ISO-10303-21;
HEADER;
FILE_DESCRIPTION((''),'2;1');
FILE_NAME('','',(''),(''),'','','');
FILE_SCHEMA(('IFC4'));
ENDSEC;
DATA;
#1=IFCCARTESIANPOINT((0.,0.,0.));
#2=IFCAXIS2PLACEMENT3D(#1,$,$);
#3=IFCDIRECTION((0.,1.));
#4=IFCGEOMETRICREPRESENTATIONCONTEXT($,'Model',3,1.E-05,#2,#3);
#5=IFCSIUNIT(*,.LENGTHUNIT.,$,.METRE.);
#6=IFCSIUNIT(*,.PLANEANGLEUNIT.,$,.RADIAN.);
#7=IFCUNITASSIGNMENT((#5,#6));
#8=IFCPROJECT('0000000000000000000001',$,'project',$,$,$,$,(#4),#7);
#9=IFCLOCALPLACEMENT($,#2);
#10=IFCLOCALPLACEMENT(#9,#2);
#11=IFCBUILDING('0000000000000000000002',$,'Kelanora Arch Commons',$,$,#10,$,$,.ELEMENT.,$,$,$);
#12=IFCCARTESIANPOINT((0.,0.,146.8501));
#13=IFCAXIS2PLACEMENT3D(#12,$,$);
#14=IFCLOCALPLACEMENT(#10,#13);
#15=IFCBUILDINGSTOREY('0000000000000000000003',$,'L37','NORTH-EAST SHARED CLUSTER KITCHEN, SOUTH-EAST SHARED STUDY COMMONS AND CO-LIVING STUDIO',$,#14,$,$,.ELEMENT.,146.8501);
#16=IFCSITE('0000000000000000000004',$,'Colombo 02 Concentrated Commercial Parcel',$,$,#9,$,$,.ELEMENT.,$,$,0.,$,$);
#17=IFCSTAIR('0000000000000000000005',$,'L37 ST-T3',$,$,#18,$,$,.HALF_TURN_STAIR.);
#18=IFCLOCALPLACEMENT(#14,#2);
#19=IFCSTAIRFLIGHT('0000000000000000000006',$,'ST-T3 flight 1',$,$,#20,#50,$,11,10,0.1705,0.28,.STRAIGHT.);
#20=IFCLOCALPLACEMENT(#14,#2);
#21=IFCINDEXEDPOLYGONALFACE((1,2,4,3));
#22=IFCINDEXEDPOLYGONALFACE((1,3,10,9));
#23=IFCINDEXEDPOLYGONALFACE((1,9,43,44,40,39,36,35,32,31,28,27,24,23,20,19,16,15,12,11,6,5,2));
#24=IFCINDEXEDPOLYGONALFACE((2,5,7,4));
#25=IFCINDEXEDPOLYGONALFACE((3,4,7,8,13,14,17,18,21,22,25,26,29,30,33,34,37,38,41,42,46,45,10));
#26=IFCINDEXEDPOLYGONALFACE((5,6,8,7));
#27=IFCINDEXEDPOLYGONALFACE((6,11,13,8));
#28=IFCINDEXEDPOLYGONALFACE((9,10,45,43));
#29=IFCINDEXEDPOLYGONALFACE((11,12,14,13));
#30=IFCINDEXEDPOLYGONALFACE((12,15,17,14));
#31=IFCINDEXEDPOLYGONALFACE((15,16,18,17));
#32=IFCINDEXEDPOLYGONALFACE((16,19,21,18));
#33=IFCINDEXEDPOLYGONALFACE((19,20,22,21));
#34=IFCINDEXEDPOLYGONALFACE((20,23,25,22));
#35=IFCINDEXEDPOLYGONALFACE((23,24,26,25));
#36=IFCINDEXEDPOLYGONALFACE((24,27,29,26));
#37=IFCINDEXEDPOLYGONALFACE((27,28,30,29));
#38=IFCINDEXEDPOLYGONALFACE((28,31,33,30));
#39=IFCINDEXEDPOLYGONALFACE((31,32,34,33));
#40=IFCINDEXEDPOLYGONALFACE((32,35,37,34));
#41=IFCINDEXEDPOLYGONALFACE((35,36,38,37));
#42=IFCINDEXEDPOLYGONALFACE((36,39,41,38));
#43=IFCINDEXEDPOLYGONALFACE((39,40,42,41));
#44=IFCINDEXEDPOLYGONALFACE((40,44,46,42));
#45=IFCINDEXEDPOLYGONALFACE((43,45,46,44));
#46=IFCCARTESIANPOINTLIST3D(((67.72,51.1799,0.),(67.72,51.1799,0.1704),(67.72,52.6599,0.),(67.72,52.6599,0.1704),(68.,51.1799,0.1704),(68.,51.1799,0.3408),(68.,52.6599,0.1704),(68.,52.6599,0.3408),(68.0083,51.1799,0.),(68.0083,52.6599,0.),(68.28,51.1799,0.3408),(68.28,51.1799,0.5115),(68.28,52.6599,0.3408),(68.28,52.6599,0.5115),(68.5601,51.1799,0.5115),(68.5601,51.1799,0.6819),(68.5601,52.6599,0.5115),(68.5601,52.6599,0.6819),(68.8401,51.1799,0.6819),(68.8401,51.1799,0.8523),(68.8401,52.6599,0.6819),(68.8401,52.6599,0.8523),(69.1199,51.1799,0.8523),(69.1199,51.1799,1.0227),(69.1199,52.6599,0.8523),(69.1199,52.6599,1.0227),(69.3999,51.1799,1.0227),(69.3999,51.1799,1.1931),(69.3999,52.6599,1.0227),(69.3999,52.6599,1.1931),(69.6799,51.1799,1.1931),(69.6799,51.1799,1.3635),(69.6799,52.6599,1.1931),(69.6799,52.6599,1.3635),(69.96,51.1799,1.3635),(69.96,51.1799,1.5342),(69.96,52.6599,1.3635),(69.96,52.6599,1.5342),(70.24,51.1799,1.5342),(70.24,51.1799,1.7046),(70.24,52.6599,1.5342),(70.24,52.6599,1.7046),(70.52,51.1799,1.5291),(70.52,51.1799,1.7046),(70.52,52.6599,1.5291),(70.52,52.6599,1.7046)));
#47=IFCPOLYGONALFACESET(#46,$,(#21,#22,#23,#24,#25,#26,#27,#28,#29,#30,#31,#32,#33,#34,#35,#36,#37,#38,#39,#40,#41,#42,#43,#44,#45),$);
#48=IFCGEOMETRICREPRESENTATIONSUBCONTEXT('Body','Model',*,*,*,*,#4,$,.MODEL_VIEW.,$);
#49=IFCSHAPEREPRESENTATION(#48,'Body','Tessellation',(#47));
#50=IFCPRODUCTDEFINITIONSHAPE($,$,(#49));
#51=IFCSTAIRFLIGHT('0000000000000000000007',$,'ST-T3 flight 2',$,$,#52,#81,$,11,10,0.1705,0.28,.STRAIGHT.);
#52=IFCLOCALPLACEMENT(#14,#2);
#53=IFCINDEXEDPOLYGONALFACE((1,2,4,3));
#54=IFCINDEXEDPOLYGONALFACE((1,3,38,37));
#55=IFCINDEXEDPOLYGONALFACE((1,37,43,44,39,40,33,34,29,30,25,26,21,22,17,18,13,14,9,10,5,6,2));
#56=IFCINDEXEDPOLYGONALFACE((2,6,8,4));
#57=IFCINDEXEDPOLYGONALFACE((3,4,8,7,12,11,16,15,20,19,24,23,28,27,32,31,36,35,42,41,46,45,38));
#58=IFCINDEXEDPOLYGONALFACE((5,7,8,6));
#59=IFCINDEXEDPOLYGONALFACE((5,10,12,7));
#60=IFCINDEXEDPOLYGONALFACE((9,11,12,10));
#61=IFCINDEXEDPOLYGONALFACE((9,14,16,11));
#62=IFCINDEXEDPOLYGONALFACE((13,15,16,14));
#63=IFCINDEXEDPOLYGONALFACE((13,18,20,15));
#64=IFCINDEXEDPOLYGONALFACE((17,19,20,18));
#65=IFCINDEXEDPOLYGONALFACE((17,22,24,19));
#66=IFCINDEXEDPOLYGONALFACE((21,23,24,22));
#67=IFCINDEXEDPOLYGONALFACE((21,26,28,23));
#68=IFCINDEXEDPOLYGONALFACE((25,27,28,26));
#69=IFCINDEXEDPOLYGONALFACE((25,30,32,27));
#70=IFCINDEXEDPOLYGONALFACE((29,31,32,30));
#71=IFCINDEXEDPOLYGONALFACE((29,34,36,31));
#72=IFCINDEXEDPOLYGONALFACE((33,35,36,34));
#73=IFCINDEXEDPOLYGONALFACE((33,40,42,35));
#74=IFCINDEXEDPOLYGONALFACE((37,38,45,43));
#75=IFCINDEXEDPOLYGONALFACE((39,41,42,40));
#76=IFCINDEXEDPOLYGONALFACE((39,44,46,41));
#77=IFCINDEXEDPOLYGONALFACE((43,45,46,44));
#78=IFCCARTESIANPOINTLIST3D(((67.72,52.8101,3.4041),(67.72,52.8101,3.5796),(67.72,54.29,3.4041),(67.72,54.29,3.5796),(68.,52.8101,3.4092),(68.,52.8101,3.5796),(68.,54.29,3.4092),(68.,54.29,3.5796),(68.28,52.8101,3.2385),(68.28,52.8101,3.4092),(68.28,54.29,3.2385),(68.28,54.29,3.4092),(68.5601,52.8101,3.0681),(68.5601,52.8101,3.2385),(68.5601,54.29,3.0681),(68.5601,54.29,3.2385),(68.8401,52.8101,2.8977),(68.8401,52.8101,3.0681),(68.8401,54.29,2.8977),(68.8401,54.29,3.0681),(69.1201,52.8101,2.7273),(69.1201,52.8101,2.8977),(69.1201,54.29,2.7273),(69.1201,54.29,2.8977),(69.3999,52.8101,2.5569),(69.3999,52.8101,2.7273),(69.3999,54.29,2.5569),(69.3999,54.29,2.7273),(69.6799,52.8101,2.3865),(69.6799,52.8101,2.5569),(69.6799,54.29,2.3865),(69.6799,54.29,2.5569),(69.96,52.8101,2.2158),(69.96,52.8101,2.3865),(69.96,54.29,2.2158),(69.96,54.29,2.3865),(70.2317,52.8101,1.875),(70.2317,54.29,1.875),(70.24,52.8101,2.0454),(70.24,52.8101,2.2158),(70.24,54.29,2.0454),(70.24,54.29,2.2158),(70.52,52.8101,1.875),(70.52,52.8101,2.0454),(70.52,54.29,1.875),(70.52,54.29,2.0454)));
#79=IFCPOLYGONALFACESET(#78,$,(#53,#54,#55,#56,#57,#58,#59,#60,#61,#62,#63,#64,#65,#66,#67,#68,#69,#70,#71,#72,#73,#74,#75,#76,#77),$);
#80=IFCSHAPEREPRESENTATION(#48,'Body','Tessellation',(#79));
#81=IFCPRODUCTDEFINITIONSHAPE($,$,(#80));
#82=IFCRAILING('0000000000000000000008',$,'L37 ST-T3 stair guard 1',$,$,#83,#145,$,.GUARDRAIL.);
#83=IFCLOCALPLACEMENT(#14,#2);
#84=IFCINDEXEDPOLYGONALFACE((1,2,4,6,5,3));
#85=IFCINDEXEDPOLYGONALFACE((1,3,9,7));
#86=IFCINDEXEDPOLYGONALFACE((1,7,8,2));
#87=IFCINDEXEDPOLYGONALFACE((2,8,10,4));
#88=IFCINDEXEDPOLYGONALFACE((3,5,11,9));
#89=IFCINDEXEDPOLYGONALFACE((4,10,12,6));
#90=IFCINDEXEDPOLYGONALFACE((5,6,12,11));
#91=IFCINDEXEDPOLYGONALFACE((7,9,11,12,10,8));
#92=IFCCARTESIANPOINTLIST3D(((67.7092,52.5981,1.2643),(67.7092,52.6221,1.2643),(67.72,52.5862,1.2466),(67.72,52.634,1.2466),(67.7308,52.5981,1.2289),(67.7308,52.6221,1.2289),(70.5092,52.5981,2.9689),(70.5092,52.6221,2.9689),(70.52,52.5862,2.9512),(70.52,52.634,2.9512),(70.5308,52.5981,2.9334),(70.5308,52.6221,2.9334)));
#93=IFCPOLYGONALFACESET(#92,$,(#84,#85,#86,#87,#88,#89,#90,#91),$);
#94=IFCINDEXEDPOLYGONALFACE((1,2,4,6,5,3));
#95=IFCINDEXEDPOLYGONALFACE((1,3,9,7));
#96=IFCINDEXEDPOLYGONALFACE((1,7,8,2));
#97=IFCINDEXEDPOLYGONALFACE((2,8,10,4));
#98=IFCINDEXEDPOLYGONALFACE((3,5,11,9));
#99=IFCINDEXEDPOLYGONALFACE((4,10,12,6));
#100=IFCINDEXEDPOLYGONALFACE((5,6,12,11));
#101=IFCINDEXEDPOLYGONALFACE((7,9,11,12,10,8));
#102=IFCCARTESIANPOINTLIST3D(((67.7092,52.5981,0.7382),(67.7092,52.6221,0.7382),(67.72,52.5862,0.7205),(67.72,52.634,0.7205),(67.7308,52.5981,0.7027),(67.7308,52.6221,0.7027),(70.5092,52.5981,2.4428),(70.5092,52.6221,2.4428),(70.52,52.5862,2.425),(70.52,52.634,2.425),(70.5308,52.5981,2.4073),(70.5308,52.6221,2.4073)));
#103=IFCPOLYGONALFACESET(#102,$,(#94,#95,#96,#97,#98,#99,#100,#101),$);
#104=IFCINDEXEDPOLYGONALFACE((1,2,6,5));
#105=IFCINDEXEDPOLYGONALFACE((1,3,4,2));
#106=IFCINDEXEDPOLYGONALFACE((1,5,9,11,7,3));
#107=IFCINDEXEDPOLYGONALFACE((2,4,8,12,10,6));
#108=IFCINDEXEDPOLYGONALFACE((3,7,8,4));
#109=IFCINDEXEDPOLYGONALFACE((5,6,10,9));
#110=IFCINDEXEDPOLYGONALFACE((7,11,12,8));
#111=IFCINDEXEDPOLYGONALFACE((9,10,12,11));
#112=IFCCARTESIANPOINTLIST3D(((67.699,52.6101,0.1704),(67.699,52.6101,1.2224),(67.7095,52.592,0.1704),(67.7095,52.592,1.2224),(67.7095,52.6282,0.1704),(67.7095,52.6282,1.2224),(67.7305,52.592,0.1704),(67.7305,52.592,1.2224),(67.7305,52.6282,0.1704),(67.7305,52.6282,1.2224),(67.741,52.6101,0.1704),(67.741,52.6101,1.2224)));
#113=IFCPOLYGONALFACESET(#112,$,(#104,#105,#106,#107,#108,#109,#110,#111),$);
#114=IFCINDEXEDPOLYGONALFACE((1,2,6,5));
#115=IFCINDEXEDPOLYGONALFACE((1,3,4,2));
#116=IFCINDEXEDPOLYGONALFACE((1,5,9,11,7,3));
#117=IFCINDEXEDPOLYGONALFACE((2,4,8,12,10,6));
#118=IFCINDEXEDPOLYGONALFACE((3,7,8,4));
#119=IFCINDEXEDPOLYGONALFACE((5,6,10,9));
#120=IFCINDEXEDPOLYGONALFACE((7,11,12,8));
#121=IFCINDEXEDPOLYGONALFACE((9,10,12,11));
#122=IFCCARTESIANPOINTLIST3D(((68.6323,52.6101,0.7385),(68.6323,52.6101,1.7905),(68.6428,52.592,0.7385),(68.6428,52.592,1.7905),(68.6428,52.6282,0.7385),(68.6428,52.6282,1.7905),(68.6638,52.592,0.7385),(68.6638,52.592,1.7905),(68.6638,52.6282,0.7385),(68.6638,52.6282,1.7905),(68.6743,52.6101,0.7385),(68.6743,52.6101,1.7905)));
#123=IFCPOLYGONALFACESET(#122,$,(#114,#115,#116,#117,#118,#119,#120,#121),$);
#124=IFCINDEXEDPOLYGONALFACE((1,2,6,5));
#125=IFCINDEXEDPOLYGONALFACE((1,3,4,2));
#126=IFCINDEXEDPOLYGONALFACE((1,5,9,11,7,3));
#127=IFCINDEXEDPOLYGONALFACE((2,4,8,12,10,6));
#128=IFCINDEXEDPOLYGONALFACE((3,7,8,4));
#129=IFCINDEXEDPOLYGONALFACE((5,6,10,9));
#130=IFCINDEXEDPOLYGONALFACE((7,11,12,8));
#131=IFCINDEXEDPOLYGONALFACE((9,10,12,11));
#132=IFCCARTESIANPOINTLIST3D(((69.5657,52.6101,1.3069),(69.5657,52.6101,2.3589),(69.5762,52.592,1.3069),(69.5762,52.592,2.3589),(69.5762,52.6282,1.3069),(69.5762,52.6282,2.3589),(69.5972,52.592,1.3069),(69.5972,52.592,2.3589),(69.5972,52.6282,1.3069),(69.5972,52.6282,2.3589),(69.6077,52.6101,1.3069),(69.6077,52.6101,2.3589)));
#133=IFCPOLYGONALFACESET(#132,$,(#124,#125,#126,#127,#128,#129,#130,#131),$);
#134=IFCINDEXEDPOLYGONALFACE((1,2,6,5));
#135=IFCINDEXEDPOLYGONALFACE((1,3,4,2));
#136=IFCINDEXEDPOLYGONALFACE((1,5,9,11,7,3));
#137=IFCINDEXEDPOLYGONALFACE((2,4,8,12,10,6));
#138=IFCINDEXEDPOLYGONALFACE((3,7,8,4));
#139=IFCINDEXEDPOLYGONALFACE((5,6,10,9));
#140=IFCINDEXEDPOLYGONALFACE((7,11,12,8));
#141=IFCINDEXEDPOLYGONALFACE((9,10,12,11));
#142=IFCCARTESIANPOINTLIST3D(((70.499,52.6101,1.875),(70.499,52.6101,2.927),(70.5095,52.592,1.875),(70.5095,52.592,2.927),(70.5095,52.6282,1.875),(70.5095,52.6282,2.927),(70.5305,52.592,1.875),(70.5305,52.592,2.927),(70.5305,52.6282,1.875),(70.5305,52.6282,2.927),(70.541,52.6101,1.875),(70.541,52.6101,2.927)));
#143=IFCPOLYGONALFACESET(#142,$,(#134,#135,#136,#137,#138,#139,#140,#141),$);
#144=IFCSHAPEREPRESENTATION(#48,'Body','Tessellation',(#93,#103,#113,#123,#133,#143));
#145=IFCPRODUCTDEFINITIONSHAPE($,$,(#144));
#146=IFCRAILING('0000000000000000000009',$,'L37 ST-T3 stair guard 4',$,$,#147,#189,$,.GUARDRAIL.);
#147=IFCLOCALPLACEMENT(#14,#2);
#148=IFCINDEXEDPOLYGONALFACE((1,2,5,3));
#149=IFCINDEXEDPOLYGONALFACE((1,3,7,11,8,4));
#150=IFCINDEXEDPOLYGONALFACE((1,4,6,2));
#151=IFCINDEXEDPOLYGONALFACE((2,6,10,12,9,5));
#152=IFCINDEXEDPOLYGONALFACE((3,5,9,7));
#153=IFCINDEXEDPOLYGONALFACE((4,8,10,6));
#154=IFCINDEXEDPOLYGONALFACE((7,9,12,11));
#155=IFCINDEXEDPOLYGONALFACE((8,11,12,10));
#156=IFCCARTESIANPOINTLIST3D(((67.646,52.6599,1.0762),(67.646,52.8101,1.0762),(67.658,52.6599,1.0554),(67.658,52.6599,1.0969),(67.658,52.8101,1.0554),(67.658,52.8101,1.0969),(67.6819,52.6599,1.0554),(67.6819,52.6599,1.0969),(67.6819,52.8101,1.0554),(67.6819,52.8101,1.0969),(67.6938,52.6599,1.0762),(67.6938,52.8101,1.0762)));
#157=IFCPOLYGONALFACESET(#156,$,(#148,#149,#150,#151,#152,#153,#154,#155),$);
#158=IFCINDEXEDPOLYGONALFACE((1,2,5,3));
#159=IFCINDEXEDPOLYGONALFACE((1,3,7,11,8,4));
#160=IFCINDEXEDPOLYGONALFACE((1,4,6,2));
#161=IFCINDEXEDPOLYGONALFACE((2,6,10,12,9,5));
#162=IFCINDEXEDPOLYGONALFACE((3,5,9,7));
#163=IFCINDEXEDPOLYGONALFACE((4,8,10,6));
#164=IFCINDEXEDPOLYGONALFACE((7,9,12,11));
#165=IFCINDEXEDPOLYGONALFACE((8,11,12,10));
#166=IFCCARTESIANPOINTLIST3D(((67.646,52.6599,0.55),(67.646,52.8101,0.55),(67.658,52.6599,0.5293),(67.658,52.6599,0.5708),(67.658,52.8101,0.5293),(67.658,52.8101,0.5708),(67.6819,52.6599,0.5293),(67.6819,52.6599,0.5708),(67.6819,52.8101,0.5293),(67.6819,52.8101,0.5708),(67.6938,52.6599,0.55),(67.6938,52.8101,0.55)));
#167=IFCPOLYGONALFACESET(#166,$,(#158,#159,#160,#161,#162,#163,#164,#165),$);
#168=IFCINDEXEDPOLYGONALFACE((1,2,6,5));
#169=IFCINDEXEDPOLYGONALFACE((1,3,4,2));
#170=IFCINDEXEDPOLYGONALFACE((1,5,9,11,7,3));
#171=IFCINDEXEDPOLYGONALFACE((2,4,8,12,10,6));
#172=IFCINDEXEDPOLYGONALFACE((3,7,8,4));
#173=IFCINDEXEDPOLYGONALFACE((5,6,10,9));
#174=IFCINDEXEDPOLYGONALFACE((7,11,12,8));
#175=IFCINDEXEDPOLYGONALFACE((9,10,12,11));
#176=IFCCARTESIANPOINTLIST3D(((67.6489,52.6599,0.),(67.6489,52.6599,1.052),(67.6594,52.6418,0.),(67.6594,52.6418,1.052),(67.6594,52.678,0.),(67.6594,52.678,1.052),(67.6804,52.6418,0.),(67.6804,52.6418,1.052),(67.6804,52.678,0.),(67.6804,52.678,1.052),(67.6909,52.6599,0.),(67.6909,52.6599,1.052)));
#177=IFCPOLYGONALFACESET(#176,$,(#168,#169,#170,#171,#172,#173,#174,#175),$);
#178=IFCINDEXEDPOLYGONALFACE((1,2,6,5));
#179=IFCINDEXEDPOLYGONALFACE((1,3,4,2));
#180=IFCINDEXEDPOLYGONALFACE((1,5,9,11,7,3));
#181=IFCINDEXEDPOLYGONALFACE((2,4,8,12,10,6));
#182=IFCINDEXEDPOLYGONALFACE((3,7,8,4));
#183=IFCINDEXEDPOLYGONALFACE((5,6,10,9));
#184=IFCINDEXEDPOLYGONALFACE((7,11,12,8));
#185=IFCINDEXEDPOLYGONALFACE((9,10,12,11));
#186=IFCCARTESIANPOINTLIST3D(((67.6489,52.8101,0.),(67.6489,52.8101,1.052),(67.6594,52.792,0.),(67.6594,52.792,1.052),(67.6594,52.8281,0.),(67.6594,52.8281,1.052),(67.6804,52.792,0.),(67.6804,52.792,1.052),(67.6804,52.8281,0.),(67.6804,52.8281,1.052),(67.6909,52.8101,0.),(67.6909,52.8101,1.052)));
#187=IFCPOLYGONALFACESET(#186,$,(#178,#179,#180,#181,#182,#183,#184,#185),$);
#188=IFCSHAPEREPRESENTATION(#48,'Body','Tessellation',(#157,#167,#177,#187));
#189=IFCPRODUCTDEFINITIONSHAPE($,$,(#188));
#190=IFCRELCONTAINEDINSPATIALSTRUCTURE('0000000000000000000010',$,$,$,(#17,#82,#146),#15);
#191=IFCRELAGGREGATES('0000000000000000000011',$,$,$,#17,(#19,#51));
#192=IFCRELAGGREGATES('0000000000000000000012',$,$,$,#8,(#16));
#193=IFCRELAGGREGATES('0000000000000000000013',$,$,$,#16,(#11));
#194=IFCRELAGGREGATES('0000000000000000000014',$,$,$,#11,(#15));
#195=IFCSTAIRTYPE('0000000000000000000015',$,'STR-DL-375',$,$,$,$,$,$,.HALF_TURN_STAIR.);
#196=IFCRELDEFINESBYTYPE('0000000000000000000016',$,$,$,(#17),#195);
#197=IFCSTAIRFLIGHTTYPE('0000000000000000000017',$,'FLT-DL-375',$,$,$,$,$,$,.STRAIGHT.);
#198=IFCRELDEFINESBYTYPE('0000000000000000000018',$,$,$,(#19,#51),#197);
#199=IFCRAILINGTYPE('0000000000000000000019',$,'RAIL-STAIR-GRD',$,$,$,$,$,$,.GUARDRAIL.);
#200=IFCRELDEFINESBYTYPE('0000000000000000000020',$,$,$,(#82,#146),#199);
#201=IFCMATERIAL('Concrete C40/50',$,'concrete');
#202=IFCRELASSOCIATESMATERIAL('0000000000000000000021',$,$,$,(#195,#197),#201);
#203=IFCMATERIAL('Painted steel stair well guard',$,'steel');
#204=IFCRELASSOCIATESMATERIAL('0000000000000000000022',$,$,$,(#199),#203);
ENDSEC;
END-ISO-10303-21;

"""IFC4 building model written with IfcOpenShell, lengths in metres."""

from ifc_helpers import new_model, si_unit, direction, frame, origin, place, context, subcontext, project, spatial, polyline, outline, extrude, material, type_object, element, aggregate, save


model = new_model("IFC4")

# Units and contexts
model_context = context("Model", 3, precision=1e-05, world=origin(), true_north=direction((0.0, 1.0)))
body_context = subcontext(model_context, "Body", "Model", "MODEL_VIEW")
ifc_project = project(units=[si_unit("LENGTHUNIT", "METRE"), si_unit("PLANEANGLEUNIT", "RADIAN")], contexts=[model_context])

# Site, building, storey
site_placement = place(None, origin())
site = spatial("IfcSite", under=ifc_project, at=site_placement, Name="Colombo 02 Concentrated Commercial Parcel", CompositionType="ELEMENT", RefElevation=0.0)
building_placement = place(site_placement, origin())
building = spatial("IfcBuilding", under=site, at=building_placement, Name="Kelanora Arch Commons", CompositionType="ELEMENT")
storey_placement = place(building_placement, frame((0.0, 0.0, 146.8501)))
storey = spatial("IfcBuildingStorey", under=building, at=storey_placement, Name="L37", Description="NORTH-EAST SHARED CLUSTER KITCHEN, SOUTH-EAST SHARED STUDY COMMONS AND CO-LIVING STUDIO", CompositionType="ELEMENT", Elevation=146.8501)

# Shared definitions
ifc_material_1 = material(Name="Concrete C40/50", Category="concrete")

# Stair, stair flights
stair_type = type_object("IfcStairType", Name="STR-DL-375", PredefinedType="HALF_TURN_STAIR", material=ifc_material_1)
stair_placement = place(storey_placement, origin())
stair = element("IfcStair", 1, at=stair_placement, inside=storey, type_object=stair_type, Name="L37 ST-T3", PredefinedType="HALF_TURN_STAIR")
stair_flight_type = type_object("IfcStairFlightType", Name="FLT-DL-375", PredefinedType="STRAIGHT", material=ifc_material_1)
stair_flight_1_placement = place(storey_placement, frame((67.72, 51.9199, 0.0), z_axis=(0.0, 0.0, 1.0), x_axis=(1.0, 0.0, 0.0)))
stair_flight_1 = element("IfcStairFlight", 2, at=stair_flight_1_placement, type_object=stair_flight_type, Name="ST-T3 flight 1", NumberOfRisers=11, NumberOfTreads=10, PredefinedType="STRAIGHT", RiserHeight=0.1705, TreadLength=0.28, context=body_context, shape_type="SweptSolid", body=[
    extrude(outline(polyline([(0.0, 0.0), (0.0, 0.1704), (0.28, 0.1704), (0.28, 0.3408), (0.5601, 0.3408), (0.5601, 0.5115), (0.8401, 0.5115), (0.8401, 0.6819), (1.1201, 0.6819), (1.1201, 0.8523), (1.3999, 0.8523), (1.3999, 1.0227), (1.6799, 1.0227), (1.6799, 1.1931), (1.96, 1.1931), (1.96, 1.3635), (2.24, 1.3635), (2.24, 1.5342), (2.52, 1.5342), (2.52, 1.7046), (2.8, 1.7046), (2.8, 1.875), (2.8, 1.5291), (0.2883, 0.0), (0.0, 0.0)])), frame((0.0, 0.74, 0.0), z_axis=(0.0, -1.0, 0.0), x_axis=(1.0, 0.0, 0.0)), (0.0, 0.0, 1.0), 1.48),
])
stair_flight_2_placement = place(storey_placement, frame((70.52, 53.55, 1.875), z_axis=(0.0, 0.0, 1.0), x_axis=(-1.0, 0.0, 0.0)))
stair_flight_2 = element("IfcStairFlight", 3, at=stair_flight_2_placement, type_object=stair_flight_type, Name="ST-T3 flight 2", NumberOfRisers=11, NumberOfTreads=10, PredefinedType="STRAIGHT", RiserHeight=0.1705, TreadLength=0.28, context=body_context, shape_type="SweptSolid", body=[
    extrude(outline(polyline([(0.0, 0.0), (0.0, 0.1704), (0.28, 0.1704), (0.28, 0.3408), (0.5601, 0.3408), (0.5601, 0.5115), (0.8401, 0.5115), (0.8401, 0.6819), (1.1201, 0.6819), (1.1201, 0.8523), (1.3999, 0.8523), (1.3999, 1.0227), (1.6799, 1.0227), (1.6799, 1.1931), (1.96, 1.1931), (1.96, 1.3635), (2.24, 1.3635), (2.24, 1.5342), (2.52, 1.5342), (2.52, 1.7046), (2.8, 1.7046), (2.8, 1.875), (2.8, 1.5291), (0.2883, 0.0), (0.0, 0.0)])), frame((0.0, 0.74, 0.0), z_axis=(0.0, -1.0, 0.0), x_axis=(1.0, 0.0, 0.0)), (0.0, 0.0, 1.0), 1.48),
])
aggregate(stair, [stair_flight_1, stair_flight_2])

# Railings
ifc_material_2 = material(Name="Painted steel stair well guard", Category="steel")
railing_type_1 = type_object("IfcRailingType", Name="RAIL-STAIR-GRD", PredefinedType="GUARDRAIL", material=ifc_material_2)
railing_1_placement = place(storey_placement, frame((67.72, 52.6101, 0.1704)))
element("IfcRailing", 4, at=railing_1_placement, inside=storey, type_object=railing_type_1, Name="L37 ST-T3 stair guard 1", PredefinedType="GUARDRAIL", context=body_context, shape_type="SweptSolid", body=[
    extrude(outline(polyline([(0.0239, 0.0), (0.012, 0.0208), (-0.012, 0.0208), (-0.0239, 0.0), (-0.012, -0.0208), (0.012, -0.0208), (0.0239, 0.0)])), frame((0.0, 0.0, 1.0762), z_axis=(0.85417, 0.0, 0.519994), x_axis=(0.0, 1.0, 0.0)), (0.0, 0.0, 1.0), 3.2781),
    extrude(outline(polyline([(0.0239, 0.0), (0.012, 0.0208), (-0.012, 0.0208), (-0.0239, 0.0), (-0.012, -0.0208), (0.012, -0.0208), (0.0239, 0.0)])), frame((0.0, 0.0, 0.55), z_axis=(0.85417, 0.0, 0.519994), x_axis=(0.0, 1.0, 0.0)), (0.0, 0.0, 1.0), 3.2781),
    extrude(outline(polyline([(0.021, 0.0), (0.0105, 0.0181), (-0.0105, 0.0181), (-0.021, 0.0), (-0.0105, -0.0181), (0.0105, -0.0181), (0.021, 0.0)])), origin(), (0.0, 0.0, 1.0), 1.052),
    extrude(outline(polyline([(0.021, 0.0), (0.0105, 0.0181), (-0.0105, 0.0181), (-0.021, 0.0), (-0.0105, -0.0181), (0.0105, -0.0181), (0.021, 0.0)])), frame((0.9333, 0.0, 0.5681)), (0.0, 0.0, 1.0), 1.052),
    extrude(outline(polyline([(0.021, 0.0), (0.0105, 0.0181), (-0.0105, 0.0181), (-0.021, 0.0), (-0.0105, -0.0181), (0.0105, -0.0181), (0.021, 0.0)])), frame((1.8667, 0.0, 1.1365)), (0.0, 0.0, 1.0), 1.052),
    extrude(outline(polyline([(0.021, 0.0), (0.0105, 0.0181), (-0.0105, 0.0181), (-0.021, 0.0), (-0.0105, -0.0181), (0.0105, -0.0181), (0.021, 0.0)])), frame((2.8, 0.0, 1.7046)), (0.0, 0.0, 1.0), 1.052),
])
railing_2_placement = place(storey_placement, frame((67.6699, 52.6599, 0.0)))
element("IfcRailing", 5, at=railing_2_placement, inside=storey, type_object=railing_type_1, Name="L37 ST-T3 stair guard 4", PredefinedType="GUARDRAIL", context=body_context, shape_type="SweptSolid", body=[
    extrude(outline(polyline([(0.0239, 0.0), (0.012, 0.0208), (-0.012, 0.0208), (-0.0239, 0.0), (-0.012, -0.0208), (0.012, -0.0208), (0.0239, 0.0)])), frame((0.0, 0.0, 1.0762), z_axis=(0.0, 1.0, 0.0), x_axis=(-1.0, 0.0, 0.0)), (0.0, 0.0, 1.0), 0.1501),
    extrude(outline(polyline([(0.0239, 0.0), (0.012, 0.0208), (-0.012, 0.0208), (-0.0239, 0.0), (-0.012, -0.0208), (0.012, -0.0208), (0.0239, 0.0)])), frame((0.0, 0.0, 0.55), z_axis=(0.0, 1.0, 0.0), x_axis=(-1.0, 0.0, 0.0)), (0.0, 0.0, 1.0), 0.1501),
    extrude(outline(polyline([(0.021, 0.0), (0.0105, 0.0181), (-0.0105, 0.0181), (-0.021, 0.0), (-0.0105, -0.0181), (0.0105, -0.0181), (0.021, 0.0)])), origin(), (0.0, 0.0, 1.0), 1.052),
    extrude(outline(polyline([(0.021, 0.0), (0.0105, 0.0181), (-0.0105, 0.0181), (-0.021, 0.0), (-0.0105, -0.0181), (0.0105, -0.0181), (0.021, 0.0)])), frame((0.0, 0.1501, 0.0)), (0.0, 0.0, 1.0), 1.052),
])

save(model, "model.ifc")
